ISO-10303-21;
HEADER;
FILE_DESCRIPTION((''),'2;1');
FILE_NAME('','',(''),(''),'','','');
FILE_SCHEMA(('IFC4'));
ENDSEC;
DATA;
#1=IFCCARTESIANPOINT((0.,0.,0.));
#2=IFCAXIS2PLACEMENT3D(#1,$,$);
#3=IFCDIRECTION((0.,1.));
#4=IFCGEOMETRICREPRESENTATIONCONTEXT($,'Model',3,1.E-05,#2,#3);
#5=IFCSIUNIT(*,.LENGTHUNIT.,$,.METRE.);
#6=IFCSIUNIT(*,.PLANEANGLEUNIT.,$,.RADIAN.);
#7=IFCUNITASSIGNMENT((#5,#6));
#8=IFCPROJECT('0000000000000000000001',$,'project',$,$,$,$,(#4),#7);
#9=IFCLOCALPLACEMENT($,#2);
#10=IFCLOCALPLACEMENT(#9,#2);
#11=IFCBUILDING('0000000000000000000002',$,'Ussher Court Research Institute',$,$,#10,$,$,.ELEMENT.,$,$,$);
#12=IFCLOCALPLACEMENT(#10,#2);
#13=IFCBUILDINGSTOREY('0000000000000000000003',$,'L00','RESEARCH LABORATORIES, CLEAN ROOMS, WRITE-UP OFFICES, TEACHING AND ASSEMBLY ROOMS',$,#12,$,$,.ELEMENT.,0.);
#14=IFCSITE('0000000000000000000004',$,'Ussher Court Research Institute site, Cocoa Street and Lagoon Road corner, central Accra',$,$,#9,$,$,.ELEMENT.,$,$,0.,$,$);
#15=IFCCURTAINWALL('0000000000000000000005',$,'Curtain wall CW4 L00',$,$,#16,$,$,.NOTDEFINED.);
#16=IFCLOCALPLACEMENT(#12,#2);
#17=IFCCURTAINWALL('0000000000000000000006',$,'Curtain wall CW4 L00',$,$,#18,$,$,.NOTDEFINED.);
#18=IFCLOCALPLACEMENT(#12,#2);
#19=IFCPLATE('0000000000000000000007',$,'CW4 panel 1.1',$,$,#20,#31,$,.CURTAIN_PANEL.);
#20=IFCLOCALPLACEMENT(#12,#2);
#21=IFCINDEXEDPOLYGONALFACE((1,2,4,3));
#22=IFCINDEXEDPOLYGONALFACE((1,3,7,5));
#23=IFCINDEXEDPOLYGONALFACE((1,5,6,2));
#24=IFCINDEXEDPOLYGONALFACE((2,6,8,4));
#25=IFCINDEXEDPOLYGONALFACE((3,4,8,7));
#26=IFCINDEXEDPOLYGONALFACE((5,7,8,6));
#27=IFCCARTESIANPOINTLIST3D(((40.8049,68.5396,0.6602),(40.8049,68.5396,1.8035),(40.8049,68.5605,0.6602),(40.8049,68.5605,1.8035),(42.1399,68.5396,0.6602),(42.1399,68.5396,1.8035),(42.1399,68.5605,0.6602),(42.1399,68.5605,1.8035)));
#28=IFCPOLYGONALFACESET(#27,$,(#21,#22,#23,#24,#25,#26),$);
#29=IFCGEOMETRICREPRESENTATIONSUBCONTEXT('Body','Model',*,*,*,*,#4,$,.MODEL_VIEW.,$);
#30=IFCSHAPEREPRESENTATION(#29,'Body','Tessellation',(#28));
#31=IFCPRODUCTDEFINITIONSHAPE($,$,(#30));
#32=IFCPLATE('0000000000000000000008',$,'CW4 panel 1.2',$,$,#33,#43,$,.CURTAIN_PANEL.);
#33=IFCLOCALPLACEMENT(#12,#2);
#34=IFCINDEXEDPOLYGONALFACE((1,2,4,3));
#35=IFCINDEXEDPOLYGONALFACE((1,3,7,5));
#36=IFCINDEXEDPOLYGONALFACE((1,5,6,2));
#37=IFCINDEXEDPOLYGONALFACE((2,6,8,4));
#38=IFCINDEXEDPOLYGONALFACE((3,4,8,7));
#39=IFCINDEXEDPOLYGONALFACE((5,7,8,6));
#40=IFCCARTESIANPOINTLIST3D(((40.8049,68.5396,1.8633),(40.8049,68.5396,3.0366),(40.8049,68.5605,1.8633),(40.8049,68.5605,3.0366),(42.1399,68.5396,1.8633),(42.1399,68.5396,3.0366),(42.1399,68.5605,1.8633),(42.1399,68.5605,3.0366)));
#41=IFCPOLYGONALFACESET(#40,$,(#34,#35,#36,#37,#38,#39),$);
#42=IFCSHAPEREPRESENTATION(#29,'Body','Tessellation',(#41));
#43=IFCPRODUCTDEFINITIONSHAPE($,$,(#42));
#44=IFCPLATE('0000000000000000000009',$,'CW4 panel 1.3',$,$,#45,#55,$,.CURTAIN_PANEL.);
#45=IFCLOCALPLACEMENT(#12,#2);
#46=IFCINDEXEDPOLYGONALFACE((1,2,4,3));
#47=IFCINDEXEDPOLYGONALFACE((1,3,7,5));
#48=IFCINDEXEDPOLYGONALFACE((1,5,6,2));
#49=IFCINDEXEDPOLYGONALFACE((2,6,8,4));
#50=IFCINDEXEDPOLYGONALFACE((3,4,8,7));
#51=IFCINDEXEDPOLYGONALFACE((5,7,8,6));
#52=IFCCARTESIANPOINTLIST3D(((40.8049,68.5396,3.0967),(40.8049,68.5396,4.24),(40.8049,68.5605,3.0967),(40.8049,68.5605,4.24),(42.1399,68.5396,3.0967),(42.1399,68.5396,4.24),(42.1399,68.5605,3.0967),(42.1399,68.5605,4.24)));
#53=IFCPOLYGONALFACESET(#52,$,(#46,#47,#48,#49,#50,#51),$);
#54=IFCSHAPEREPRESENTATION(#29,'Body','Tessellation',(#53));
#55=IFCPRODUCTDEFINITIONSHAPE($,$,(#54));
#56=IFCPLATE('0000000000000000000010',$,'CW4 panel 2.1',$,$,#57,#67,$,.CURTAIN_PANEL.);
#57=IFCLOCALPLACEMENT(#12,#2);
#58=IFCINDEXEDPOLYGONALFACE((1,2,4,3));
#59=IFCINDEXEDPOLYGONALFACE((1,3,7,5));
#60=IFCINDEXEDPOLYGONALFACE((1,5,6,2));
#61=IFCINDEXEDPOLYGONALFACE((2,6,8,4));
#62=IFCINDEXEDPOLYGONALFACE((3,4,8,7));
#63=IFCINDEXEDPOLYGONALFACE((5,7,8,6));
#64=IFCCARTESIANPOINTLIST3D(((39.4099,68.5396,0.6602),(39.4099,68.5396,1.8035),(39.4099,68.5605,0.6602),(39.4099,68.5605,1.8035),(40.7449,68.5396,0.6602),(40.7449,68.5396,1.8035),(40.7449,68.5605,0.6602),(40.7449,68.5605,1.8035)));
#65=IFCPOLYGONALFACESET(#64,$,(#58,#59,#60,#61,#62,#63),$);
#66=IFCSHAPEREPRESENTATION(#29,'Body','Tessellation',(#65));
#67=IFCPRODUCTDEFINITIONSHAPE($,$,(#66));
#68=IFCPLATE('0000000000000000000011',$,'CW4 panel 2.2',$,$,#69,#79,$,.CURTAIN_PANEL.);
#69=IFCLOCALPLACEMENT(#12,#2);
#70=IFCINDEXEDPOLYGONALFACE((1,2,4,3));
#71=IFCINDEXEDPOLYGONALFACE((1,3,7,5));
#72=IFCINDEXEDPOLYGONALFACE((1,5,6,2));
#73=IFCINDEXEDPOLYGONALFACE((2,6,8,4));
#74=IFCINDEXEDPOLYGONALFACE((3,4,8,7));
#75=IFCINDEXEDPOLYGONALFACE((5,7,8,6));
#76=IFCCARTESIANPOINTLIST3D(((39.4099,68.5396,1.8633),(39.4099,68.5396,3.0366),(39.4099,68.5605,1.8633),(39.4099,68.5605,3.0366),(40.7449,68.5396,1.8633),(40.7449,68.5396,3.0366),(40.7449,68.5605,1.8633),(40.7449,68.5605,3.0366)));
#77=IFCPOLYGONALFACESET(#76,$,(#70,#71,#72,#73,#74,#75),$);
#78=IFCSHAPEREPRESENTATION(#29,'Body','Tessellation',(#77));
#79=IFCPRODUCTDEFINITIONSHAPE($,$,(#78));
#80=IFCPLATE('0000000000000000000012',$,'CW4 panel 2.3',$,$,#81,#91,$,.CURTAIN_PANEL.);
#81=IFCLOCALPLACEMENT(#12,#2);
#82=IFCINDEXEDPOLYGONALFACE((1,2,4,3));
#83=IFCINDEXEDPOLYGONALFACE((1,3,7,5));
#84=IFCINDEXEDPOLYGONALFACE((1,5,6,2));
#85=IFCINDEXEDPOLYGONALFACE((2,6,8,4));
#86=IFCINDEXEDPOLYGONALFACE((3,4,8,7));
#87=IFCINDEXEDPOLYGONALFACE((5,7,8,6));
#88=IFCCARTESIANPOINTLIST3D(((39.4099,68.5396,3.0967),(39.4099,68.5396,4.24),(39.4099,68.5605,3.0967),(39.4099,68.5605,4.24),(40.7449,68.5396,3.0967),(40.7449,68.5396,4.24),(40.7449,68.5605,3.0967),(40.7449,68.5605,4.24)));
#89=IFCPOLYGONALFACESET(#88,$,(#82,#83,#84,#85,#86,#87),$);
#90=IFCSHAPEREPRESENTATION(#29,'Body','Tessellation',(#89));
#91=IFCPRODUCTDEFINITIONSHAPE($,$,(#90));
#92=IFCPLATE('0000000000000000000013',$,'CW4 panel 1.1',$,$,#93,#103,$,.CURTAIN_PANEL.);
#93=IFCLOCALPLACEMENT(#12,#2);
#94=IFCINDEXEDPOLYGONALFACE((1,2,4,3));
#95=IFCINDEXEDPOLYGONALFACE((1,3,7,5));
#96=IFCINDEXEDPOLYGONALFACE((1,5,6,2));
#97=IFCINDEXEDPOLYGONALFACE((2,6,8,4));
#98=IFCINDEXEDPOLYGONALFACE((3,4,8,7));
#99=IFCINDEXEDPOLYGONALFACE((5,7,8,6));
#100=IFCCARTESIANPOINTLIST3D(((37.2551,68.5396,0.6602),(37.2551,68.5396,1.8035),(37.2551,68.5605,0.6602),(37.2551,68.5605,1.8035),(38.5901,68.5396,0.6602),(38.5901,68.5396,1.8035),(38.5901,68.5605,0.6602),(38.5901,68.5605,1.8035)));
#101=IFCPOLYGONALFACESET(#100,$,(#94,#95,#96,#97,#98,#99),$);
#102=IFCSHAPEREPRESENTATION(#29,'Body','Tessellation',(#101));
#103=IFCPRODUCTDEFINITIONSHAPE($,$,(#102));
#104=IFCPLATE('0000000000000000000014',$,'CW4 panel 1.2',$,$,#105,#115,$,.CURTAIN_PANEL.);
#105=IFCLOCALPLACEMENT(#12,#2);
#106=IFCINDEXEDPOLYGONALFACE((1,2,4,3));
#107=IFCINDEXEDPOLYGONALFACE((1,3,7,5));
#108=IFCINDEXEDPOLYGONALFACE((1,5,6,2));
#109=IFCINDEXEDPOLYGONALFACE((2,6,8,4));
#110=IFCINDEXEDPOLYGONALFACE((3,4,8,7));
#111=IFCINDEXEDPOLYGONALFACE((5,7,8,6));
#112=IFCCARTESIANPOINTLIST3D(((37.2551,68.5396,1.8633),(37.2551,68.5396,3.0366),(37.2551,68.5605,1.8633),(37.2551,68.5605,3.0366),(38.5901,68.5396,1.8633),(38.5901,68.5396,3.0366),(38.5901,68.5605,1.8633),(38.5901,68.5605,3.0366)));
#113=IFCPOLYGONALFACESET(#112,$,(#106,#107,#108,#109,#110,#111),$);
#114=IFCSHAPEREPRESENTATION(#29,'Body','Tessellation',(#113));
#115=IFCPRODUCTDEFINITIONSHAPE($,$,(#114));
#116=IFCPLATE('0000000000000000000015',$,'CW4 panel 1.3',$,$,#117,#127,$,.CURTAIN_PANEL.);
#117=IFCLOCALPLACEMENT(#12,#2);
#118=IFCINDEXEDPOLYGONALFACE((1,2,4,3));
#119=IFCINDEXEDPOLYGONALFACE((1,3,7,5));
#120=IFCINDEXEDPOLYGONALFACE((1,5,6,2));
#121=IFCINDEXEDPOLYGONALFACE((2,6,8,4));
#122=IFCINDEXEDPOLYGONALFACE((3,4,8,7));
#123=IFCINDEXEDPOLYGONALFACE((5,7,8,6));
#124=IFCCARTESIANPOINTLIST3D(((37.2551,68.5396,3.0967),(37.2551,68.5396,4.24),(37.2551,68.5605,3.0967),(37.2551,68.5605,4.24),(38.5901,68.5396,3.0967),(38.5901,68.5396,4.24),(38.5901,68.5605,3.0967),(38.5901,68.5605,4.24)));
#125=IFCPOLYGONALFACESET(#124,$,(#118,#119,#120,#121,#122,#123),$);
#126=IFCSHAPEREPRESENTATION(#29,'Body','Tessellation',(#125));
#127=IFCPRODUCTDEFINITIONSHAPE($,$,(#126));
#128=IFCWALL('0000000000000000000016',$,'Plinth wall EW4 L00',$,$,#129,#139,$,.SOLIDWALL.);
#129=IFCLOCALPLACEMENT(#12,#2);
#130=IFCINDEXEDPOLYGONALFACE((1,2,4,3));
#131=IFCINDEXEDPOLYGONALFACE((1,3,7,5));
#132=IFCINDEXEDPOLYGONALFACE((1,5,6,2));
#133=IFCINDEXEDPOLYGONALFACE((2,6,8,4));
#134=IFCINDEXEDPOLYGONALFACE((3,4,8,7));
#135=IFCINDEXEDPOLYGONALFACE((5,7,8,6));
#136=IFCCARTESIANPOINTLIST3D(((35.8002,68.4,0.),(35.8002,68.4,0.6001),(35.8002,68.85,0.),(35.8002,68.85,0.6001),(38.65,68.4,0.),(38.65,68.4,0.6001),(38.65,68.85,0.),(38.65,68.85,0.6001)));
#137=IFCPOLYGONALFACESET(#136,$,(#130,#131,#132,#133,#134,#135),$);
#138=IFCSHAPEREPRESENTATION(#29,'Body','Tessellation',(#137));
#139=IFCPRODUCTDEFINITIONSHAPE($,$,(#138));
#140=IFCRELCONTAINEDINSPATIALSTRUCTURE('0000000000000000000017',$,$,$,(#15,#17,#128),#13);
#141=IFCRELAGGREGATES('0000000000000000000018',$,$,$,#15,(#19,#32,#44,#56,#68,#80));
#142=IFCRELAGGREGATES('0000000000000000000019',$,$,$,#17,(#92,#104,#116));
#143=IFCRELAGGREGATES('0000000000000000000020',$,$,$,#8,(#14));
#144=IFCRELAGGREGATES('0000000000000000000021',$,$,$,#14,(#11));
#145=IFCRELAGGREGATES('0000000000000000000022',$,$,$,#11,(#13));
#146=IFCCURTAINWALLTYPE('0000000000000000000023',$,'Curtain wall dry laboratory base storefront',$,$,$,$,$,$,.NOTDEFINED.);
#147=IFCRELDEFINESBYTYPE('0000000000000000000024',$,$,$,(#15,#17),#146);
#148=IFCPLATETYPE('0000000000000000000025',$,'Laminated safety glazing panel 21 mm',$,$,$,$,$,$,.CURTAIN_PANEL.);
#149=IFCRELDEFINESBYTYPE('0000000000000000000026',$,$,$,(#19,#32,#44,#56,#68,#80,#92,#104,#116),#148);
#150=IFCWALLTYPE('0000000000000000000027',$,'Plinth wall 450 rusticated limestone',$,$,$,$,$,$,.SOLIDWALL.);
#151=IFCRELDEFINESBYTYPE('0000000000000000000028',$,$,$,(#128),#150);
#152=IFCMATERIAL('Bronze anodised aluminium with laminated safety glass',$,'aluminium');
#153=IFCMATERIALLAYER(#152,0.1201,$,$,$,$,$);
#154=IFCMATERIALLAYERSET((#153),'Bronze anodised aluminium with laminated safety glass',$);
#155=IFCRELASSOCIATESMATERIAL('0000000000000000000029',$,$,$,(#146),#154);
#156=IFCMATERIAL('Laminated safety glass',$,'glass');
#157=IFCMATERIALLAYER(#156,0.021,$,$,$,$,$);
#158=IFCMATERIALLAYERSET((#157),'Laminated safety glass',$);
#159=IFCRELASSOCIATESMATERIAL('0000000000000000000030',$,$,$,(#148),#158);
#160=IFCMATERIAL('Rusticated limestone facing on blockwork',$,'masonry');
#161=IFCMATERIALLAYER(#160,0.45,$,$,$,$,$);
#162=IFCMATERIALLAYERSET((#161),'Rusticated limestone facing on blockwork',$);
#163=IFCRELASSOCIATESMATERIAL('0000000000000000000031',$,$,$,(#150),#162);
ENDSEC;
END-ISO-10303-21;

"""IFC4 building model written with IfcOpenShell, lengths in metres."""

from ifc_helpers import new_model, si_unit, direction, frame, frame_2d, origin, origin_2d, place, context, subcontext, project, spatial, rectangle, extrude, material, layer, layer_set, type_object, element, aggregate, save


model = new_model("IFC4")

# Units and contexts
model_context = context("Model", 3, precision=1e-05, world=origin(), true_north=direction((0.0, 1.0)))
body_context = subcontext(model_context, "Body", "Model", "MODEL_VIEW")
ifc_project = project(units=[si_unit("LENGTHUNIT", "METRE"), si_unit("PLANEANGLEUNIT", "RADIAN")], contexts=[model_context])

# Site, building, storey
site_placement = place(None, origin())
site = spatial("IfcSite", under=ifc_project, at=site_placement, Name="Ussher Court Research Institute site, Cocoa Street and Lagoon Road corner, central Accra", CompositionType="ELEMENT", RefElevation=0.0)
building_placement = place(site_placement, origin())
building = spatial("IfcBuilding", under=site, at=building_placement, Name="Ussher Court Research Institute", CompositionType="ELEMENT")
storey_placement = place(building_placement, origin())
storey = spatial("IfcBuildingStorey", under=building, at=storey_placement, Name="L00", Description="RESEARCH LABORATORIES, CLEAN ROOMS, WRITE-UP OFFICES, TEACHING AND ASSEMBLY ROOMS", CompositionType="ELEMENT", Elevation=0.0)

# Curtain walls
ifc_material_1 = material(Name="Bronze anodised aluminium with laminated safety glass", Category="aluminium")
ifc_layer_1 = layer(ifc_material_1, 0.1201)
ifc_layer_set_1 = layer_set([ifc_layer_1], Name="Bronze anodised aluminium with laminated safety glass")
curtain_wall_type = type_object("IfcCurtainWallType", Name="Curtain wall dry laboratory base storefront", PredefinedType="NOTDEFINED", material=ifc_layer_set_1)
curtain_wall_1_placement = place(storey_placement, origin())
curtain_wall_1 = element("IfcCurtainWall", 1, at=curtain_wall_1_placement, inside=storey, type_object=curtain_wall_type, Name="Curtain wall CW4 L00", PredefinedType="NOTDEFINED")
curtain_wall_2_placement = place(storey_placement, origin())
curtain_wall_2 = element("IfcCurtainWall", 2, at=curtain_wall_2_placement, inside=storey, type_object=curtain_wall_type, Name="Curtain wall CW4 L00", PredefinedType="NOTDEFINED")

# Plates
ifc_material_2 = material(Name="Laminated safety glass", Category="glass")
ifc_layer_2 = layer(ifc_material_2, 0.021)
ifc_layer_set_2 = layer_set([ifc_layer_2], Name="Laminated safety glass")
plate_type = type_object("IfcPlateType", Name="Laminated safety glazing panel 21 mm", PredefinedType="CURTAIN_PANEL", material=ifc_layer_set_2)
plate_1_placement = place(storey_placement, frame((41.4724, 68.55, 0.6602), z_axis=(0.0, 0.0, 1.0), x_axis=(-1.0, 0.0, 0.0)))
plate_1 = element("IfcPlate", 3, at=plate_1_placement, type_object=plate_type, Name="CW4 panel 1.1", PredefinedType="CURTAIN_PANEL", context=body_context, shape_type="SweptSolid", body=[
    extrude(rectangle(XDim=1.335, YDim=0.021, at=origin_2d()), origin(), (0.0, 0.0, 1.0), 1.1433),
])
plate_2_placement = place(storey_placement, frame((41.4724, 68.55, 1.8633), z_axis=(0.0, 0.0, 1.0), x_axis=(-1.0, 0.0, 0.0)))
plate_2 = element("IfcPlate", 4, at=plate_2_placement, type_object=plate_type, Name="CW4 panel 1.2", PredefinedType="CURTAIN_PANEL", context=body_context, shape_type="SweptSolid", body=[
    extrude(rectangle(XDim=1.335, YDim=0.021, at=origin_2d()), origin(), (0.0, 0.0, 1.0), 1.1733),
])
plate_3_placement = place(storey_placement, frame((41.4724, 68.55, 3.0967), z_axis=(0.0, 0.0, 1.0), x_axis=(-1.0, 0.0, 0.0)))
plate_3 = element("IfcPlate", 5, at=plate_3_placement, type_object=plate_type, Name="CW4 panel 1.3", PredefinedType="CURTAIN_PANEL", context=body_context, shape_type="SweptSolid", body=[
    extrude(rectangle(XDim=1.335, YDim=0.021, at=origin_2d()), origin(), (0.0, 0.0, 1.0), 1.1433),
])
plate_4_placement = place(storey_placement, frame((40.0774, 68.55, 0.6602), z_axis=(0.0, 0.0, 1.0), x_axis=(-1.0, 0.0, 0.0)))
plate_4 = element("IfcPlate", 6, at=plate_4_placement, type_object=plate_type, Name="CW4 panel 2.1", PredefinedType="CURTAIN_PANEL", context=body_context, shape_type="SweptSolid", body=[
    extrude(rectangle(XDim=1.335, YDim=0.021, at=origin_2d()), origin(), (0.0, 0.0, 1.0), 1.1433),
])
plate_5_placement = place(storey_placement, frame((40.0774, 68.55, 1.8633), z_axis=(0.0, 0.0, 1.0), x_axis=(-1.0, 0.0, 0.0)))
plate_5 = element("IfcPlate", 7, at=plate_5_placement, type_object=plate_type, Name="CW4 panel 2.2", PredefinedType="CURTAIN_PANEL", context=body_context, shape_type="SweptSolid", body=[
    extrude(rectangle(XDim=1.335, YDim=0.021, at=origin_2d()), origin(), (0.0, 0.0, 1.0), 1.1733),
])
plate_6_placement = place(storey_placement, frame((40.0774, 68.55, 3.0967), z_axis=(0.0, 0.0, 1.0), x_axis=(-1.0, 0.0, 0.0)))
plate_6 = element("IfcPlate", 8, at=plate_6_placement, type_object=plate_type, Name="CW4 panel 2.3", PredefinedType="CURTAIN_PANEL", context=body_context, shape_type="SweptSolid", body=[
    extrude(rectangle(XDim=1.335, YDim=0.021, at=origin_2d()), origin(), (0.0, 0.0, 1.0), 1.1433),
])
aggregate(curtain_wall_1, [plate_1, plate_2, plate_3, plate_4, plate_5, plate_6])
plate_7_placement = place(storey_placement, frame((37.9226, 68.55, 0.6602), z_axis=(0.0, 0.0, 1.0), x_axis=(-1.0, 0.0, 0.0)))
plate_7 = element("IfcPlate", 9, at=plate_7_placement, type_object=plate_type, Name="CW4 panel 1.1", PredefinedType="CURTAIN_PANEL", context=body_context, shape_type="SweptSolid", body=[
    extrude(rectangle(XDim=1.335, YDim=0.021, at=origin_2d()), origin(), (0.0, 0.0, 1.0), 1.1433),
])
plate_8_placement = place(storey_placement, frame((37.9226, 68.55, 1.8633), z_axis=(0.0, 0.0, 1.0), x_axis=(-1.0, 0.0, 0.0)))
plate_8 = element("IfcPlate", 10, at=plate_8_placement, type_object=plate_type, Name="CW4 panel 1.2", PredefinedType="CURTAIN_PANEL", context=body_context, shape_type="SweptSolid", body=[
    extrude(rectangle(XDim=1.335, YDim=0.021, at=origin_2d()), origin(), (0.0, 0.0, 1.0), 1.1733),
])
plate_9_placement = place(storey_placement, frame((37.9226, 68.55, 3.0967), z_axis=(0.0, 0.0, 1.0), x_axis=(-1.0, 0.0, 0.0)))
plate_9 = element("IfcPlate", 11, at=plate_9_placement, type_object=plate_type, Name="CW4 panel 1.3", PredefinedType="CURTAIN_PANEL", context=body_context, shape_type="SweptSolid", body=[
    extrude(rectangle(XDim=1.335, YDim=0.021, at=origin_2d()), origin(), (0.0, 0.0, 1.0), 1.1433),
])
aggregate(curtain_wall_2, [plate_7, plate_8, plate_9])

# Wall
ifc_material_3 = material(Name="Rusticated limestone facing on blockwork", Category="masonry")
ifc_layer_3 = layer(ifc_material_3, 0.45)
ifc_layer_set_3 = layer_set([ifc_layer_3], Name="Rusticated limestone facing on blockwork")
wall_type = type_object("IfcWallType", Name="Plinth wall 450 rusticated limestone", PredefinedType="SOLIDWALL", material=ifc_layer_set_3)
wall_placement = place(storey_placement, frame((38.6499, 68.625, 0.0), z_axis=(0.0, 0.0, 1.0), x_axis=(-1.0, 0.0, 0.0)))
element("IfcWall", 12, at=wall_placement, inside=storey, type_object=wall_type, Name="Plinth wall EW4 L00", PredefinedType="SOLIDWALL", context=body_context, shape_type="SweptSolid", body=[
    extrude(rectangle(XDim=2.8499, YDim=0.45, at=frame_2d((1.4248, 0.0))), origin(), (0.0, 0.0, 1.0), 0.6001),
])

save(model, "model.ifc")
